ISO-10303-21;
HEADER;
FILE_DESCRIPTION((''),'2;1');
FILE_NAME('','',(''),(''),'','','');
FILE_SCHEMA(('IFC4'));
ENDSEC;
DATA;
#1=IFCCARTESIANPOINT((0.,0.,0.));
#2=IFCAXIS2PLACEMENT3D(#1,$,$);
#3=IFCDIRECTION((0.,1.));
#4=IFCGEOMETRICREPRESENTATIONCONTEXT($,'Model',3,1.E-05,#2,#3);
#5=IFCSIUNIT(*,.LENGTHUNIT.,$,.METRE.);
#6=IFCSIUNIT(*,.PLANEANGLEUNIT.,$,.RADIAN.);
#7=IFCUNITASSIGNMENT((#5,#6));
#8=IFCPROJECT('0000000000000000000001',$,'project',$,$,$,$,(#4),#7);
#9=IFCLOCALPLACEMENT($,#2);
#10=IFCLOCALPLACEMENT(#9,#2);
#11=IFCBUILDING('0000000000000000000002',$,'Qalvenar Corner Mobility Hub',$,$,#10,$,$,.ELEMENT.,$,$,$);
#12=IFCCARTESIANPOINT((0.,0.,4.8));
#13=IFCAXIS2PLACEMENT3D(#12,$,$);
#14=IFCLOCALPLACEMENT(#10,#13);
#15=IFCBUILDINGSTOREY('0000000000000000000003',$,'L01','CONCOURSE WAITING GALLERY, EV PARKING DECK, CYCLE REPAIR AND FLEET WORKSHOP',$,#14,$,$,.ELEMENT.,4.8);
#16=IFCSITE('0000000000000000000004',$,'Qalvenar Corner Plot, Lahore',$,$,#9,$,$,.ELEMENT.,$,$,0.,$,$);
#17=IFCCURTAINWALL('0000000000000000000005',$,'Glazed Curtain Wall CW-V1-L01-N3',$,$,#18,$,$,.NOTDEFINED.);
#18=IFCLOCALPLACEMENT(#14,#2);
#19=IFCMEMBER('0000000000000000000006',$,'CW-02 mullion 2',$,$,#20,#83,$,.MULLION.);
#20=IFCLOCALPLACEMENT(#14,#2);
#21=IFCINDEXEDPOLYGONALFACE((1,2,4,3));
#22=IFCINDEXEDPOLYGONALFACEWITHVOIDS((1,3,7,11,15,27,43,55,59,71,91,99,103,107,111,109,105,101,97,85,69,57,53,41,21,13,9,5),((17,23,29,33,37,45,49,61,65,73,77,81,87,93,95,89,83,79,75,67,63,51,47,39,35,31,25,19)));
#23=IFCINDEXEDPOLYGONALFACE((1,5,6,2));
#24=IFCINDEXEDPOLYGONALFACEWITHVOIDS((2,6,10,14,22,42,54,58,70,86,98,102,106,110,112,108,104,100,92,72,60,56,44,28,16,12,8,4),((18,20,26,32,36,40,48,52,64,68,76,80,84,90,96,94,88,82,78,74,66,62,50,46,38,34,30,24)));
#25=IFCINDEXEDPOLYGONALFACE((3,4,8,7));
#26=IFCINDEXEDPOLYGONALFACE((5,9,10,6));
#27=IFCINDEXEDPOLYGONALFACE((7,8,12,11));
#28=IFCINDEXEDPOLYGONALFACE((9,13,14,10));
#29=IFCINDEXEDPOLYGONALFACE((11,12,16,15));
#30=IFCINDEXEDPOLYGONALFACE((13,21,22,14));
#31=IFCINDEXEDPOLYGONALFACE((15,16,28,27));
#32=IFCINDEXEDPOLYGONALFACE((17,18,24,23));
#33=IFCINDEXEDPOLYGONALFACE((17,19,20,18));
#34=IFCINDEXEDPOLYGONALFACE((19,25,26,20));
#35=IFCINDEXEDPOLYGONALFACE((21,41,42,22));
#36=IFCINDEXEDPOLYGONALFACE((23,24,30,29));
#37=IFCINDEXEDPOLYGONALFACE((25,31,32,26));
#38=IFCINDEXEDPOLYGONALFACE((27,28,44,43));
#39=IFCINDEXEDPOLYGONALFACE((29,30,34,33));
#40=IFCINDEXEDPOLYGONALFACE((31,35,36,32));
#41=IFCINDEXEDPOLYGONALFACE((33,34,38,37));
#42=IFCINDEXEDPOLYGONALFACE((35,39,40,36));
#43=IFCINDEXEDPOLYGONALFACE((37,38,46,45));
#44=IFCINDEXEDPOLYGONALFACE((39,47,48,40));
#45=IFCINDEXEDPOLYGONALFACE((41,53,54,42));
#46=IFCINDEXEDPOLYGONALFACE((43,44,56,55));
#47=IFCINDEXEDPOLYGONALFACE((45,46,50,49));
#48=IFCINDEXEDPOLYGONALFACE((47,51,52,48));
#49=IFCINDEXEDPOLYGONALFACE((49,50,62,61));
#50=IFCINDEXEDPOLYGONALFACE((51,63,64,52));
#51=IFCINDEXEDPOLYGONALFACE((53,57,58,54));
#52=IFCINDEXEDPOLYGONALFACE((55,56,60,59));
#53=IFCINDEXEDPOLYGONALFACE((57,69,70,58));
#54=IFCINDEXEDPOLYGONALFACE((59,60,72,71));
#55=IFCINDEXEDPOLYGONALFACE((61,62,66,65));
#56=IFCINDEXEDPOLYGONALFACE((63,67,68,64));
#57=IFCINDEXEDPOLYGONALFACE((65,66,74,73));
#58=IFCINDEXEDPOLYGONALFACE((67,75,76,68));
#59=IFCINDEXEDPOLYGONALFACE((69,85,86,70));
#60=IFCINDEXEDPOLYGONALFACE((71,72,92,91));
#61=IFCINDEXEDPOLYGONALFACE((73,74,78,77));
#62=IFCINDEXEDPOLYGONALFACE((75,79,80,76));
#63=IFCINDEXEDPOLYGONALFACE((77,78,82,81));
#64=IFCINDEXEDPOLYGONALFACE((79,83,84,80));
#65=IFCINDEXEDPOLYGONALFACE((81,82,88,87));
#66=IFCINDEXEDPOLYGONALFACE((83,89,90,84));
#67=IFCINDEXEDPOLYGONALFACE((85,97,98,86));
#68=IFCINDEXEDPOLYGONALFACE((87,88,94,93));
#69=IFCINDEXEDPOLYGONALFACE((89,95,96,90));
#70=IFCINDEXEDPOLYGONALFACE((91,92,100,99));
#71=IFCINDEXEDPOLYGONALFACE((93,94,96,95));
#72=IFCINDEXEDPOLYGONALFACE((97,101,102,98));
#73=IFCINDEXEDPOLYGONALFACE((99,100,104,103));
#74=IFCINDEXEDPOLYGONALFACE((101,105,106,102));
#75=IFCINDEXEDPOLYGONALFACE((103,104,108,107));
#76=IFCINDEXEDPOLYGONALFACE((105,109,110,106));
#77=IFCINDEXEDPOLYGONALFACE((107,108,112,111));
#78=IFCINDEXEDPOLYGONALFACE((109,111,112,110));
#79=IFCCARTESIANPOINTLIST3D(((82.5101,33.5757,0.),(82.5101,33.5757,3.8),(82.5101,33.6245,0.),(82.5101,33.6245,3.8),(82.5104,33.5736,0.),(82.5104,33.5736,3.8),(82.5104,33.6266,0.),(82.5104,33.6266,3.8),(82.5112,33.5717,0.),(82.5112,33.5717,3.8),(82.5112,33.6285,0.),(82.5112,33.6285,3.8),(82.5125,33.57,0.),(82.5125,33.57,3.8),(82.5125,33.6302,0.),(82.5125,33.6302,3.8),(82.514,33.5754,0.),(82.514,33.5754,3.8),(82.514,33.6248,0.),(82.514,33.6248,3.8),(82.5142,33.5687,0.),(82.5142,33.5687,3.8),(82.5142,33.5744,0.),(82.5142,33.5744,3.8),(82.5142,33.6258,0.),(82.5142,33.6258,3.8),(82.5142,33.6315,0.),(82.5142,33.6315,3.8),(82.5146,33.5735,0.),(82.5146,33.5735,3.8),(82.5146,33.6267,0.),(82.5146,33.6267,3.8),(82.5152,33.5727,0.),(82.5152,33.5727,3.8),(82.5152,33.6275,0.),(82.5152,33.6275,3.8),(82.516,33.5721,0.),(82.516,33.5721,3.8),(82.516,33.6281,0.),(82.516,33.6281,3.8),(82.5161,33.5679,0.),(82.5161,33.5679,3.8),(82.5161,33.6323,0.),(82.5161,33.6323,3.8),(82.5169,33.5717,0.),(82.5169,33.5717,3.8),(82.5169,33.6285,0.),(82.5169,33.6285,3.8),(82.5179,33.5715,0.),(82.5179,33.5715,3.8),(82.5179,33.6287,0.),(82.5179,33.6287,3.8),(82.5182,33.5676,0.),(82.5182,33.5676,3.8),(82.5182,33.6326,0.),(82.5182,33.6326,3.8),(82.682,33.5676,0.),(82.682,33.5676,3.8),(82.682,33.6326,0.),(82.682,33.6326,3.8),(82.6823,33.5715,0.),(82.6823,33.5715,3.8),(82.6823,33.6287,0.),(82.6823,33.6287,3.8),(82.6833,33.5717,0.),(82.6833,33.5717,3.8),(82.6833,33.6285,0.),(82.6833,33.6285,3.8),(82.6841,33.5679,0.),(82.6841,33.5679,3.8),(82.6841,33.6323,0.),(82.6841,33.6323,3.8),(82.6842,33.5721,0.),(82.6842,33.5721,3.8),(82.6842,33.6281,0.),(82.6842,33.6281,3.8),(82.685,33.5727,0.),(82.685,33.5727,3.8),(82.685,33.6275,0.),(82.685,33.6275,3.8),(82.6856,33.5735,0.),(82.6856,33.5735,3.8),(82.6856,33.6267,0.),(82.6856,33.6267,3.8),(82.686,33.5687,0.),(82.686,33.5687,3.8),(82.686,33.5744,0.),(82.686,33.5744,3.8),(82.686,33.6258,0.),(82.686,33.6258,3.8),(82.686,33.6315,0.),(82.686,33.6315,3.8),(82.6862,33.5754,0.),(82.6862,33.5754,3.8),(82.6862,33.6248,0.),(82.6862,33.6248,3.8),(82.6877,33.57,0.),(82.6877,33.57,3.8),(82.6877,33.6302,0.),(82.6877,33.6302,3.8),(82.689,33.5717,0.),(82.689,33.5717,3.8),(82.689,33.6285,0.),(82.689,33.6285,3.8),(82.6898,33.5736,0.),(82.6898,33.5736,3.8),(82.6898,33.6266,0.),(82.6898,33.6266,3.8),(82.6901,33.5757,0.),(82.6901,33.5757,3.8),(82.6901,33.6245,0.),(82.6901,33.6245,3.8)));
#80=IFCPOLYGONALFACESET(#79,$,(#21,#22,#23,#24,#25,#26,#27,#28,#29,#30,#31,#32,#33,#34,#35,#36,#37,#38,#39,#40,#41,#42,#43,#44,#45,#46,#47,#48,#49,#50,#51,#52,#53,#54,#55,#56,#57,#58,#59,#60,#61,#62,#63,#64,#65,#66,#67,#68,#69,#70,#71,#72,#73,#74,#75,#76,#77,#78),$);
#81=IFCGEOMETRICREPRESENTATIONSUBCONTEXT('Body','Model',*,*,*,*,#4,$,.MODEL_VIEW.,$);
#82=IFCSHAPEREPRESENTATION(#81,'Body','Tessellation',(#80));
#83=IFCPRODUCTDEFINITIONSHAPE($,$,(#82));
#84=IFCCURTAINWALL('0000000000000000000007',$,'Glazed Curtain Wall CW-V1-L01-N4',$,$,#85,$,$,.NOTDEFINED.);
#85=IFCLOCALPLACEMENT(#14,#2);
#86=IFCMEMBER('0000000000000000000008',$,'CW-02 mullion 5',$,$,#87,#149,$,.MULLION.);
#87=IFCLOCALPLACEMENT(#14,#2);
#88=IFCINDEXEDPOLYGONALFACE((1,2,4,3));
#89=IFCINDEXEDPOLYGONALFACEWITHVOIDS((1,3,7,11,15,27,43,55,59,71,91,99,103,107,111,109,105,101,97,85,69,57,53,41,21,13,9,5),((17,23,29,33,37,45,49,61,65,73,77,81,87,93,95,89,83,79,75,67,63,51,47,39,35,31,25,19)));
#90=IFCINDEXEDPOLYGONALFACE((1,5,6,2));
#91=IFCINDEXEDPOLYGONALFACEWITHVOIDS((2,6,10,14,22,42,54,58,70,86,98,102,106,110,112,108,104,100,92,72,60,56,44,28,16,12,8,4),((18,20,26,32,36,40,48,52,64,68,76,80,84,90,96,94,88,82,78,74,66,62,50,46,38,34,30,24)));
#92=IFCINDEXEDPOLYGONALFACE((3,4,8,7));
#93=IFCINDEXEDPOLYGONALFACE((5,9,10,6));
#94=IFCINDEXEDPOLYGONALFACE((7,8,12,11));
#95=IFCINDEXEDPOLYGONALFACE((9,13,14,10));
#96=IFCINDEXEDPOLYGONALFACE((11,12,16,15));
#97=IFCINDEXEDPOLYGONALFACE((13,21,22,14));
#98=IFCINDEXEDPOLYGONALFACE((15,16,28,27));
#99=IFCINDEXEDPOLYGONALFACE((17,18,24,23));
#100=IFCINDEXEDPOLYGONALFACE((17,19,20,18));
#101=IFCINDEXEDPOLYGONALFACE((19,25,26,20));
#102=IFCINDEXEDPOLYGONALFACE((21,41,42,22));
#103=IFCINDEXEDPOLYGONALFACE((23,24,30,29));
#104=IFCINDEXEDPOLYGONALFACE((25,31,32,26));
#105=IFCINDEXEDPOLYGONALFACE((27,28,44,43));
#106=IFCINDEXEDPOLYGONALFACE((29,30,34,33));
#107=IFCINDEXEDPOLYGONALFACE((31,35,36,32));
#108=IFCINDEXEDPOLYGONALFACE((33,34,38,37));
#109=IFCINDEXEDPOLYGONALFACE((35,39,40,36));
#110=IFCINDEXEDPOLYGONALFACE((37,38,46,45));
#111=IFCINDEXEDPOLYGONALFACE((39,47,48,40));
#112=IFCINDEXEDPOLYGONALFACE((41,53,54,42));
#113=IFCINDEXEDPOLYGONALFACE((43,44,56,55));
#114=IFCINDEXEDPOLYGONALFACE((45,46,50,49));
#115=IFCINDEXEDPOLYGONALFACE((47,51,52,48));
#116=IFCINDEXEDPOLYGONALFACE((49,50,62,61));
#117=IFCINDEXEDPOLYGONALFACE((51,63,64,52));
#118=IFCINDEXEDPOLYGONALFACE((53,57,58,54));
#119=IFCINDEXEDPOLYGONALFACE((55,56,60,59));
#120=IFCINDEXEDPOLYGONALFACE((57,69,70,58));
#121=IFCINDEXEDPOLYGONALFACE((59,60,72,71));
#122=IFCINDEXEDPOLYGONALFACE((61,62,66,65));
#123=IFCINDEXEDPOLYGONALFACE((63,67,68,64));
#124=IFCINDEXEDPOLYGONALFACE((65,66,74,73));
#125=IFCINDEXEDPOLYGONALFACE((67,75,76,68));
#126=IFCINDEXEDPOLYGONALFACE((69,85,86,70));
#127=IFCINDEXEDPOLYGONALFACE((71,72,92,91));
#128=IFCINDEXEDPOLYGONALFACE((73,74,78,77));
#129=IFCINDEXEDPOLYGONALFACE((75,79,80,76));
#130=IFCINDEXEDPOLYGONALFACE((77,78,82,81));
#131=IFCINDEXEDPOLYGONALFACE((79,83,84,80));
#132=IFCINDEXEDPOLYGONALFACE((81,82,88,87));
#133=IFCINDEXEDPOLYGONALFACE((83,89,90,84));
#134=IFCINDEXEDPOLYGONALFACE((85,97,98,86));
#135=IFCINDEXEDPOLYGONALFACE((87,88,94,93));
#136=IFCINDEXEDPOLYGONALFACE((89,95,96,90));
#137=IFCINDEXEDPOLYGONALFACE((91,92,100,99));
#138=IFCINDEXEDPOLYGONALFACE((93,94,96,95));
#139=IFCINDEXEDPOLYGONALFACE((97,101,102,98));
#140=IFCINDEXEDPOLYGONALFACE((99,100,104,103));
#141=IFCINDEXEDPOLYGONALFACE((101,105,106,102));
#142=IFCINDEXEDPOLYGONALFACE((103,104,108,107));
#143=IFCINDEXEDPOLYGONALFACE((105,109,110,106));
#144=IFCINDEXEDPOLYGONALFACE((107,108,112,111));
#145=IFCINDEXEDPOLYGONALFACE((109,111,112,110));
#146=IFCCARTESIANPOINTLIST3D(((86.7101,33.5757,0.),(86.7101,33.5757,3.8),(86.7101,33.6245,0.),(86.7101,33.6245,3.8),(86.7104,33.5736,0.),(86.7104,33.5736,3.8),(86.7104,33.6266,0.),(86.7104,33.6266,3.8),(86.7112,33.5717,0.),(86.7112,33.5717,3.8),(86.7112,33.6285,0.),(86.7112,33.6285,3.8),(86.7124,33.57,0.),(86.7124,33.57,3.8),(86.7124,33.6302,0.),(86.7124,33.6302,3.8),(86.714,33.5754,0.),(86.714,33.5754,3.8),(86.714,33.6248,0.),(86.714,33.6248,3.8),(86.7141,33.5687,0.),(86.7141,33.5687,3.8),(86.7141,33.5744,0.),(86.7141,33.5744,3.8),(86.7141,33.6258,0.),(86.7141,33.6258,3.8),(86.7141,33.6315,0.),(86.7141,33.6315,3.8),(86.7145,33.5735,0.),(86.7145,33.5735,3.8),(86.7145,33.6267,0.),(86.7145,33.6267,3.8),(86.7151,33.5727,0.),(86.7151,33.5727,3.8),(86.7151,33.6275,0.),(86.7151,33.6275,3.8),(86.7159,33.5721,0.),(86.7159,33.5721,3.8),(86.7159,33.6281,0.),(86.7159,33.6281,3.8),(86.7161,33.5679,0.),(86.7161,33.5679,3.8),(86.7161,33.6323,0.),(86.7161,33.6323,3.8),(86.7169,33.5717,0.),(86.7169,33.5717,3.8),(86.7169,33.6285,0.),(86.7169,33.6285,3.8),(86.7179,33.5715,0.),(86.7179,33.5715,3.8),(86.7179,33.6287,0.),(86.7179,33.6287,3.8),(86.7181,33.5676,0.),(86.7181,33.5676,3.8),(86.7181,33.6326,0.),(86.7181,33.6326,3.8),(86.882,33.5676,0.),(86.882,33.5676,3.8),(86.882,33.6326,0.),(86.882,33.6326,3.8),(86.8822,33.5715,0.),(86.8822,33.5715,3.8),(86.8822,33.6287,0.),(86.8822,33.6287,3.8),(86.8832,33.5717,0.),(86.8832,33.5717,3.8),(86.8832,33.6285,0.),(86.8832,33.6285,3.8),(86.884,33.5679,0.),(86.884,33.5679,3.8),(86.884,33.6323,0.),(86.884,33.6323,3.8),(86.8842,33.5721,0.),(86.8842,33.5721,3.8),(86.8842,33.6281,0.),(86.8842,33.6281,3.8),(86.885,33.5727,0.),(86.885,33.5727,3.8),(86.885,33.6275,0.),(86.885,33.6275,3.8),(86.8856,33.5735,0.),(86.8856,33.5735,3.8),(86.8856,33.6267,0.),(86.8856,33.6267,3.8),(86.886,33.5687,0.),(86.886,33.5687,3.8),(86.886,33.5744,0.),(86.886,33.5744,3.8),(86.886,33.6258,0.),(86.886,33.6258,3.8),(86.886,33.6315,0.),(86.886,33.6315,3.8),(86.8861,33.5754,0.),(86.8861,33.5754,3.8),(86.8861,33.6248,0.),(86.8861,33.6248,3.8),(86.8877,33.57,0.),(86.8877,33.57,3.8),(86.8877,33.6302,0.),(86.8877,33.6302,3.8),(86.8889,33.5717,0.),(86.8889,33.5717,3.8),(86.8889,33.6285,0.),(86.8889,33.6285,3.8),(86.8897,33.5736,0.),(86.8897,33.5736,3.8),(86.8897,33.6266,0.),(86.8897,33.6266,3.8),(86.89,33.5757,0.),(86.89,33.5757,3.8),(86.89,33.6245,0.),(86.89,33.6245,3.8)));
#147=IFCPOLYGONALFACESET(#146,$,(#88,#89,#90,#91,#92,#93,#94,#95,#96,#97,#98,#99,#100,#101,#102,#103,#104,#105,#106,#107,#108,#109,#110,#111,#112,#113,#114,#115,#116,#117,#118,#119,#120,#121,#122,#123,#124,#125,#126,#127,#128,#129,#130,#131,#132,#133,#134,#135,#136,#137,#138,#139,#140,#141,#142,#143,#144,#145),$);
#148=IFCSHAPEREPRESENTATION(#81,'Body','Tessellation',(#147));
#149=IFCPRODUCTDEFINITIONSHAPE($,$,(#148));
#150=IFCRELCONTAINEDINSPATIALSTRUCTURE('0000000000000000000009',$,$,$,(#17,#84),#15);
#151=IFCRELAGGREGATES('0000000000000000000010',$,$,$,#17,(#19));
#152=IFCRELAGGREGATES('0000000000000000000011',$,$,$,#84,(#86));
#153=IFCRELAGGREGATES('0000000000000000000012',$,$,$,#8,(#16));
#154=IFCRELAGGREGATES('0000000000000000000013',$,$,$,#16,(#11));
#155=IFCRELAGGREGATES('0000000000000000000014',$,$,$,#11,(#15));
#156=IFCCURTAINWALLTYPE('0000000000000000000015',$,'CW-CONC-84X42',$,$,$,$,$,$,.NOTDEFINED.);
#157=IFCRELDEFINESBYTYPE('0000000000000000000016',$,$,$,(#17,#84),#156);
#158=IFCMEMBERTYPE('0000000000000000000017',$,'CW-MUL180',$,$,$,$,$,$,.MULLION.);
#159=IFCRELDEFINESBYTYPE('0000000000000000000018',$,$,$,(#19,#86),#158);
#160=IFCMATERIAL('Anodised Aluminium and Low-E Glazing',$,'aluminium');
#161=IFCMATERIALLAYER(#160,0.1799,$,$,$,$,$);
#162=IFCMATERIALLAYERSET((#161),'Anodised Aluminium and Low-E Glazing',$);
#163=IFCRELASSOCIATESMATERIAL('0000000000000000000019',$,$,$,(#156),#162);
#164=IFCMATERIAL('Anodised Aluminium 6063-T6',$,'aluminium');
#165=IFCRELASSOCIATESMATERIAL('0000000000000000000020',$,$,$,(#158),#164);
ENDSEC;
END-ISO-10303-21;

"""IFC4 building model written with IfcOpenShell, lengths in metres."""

from ifc_helpers import new_model, si_unit, direction, frame, origin, origin_2d, place, context, subcontext, project, spatial, hollow_rectangle, extrude, material, layer, layer_set, material_profile, profile_set, type_object, element, aggregate, save


model = new_model("IFC4")

# Units and contexts
model_context = context("Model", 3, precision=1e-05, world=origin(), true_north=direction((0.0, 1.0)))
body_context = subcontext(model_context, "Body", "Model", "MODEL_VIEW")
ifc_project = project(units=[si_unit("LENGTHUNIT", "METRE"), si_unit("PLANEANGLEUNIT", "RADIAN")], contexts=[model_context])

# Site, building, storey
site_placement = place(None, origin())
site = spatial("IfcSite", under=ifc_project, at=site_placement, Name="Qalvenar Corner Plot, Lahore", CompositionType="ELEMENT", RefElevation=0.0)
building_placement = place(site_placement, origin())
building = spatial("IfcBuilding", under=site, at=building_placement, Name="Qalvenar Corner Mobility Hub", CompositionType="ELEMENT")
storey_placement = place(building_placement, frame((0.0, 0.0, 4.8)))
storey = spatial("IfcBuildingStorey", under=building, at=storey_placement, Name="L01", Description="CONCOURSE WAITING GALLERY, EV PARKING DECK, CYCLE REPAIR AND FLEET WORKSHOP", CompositionType="ELEMENT", Elevation=4.8)

# Curtain walls, members
ifc_material_1 = material(Name="Anodised Aluminium and Low-E Glazing", Category="aluminium")
ifc_layer_1 = layer(ifc_material_1, 0.1799)
ifc_layer_set_1 = layer_set([ifc_layer_1], Name="Anodised Aluminium and Low-E Glazing")
curtain_wall_type = type_object("IfcCurtainWallType", Name="CW-CONC-84X42", PredefinedType="NOTDEFINED", material=ifc_layer_set_1)
curtain_wall_1_placement = place(storey_placement, origin())
curtain_wall_1 = element("IfcCurtainWall", 1, at=curtain_wall_1_placement, inside=storey, type_object=curtain_wall_type, Name="Glazed Curtain Wall CW-V1-L01-N3", PredefinedType="NOTDEFINED")
ifc_material_2 = material(Name="Anodised Aluminium 6063-T6", Category="aluminium")
ifc_material_profile_1 = material_profile(ifc_material_2, hollow_rectangle(XDim=0.0649, YDim=0.1799, WallThickness=0.0039, InnerFilletRadius=0.0039, OuterFilletRadius=0.0081, at=origin_2d()), Name="RHS180x65x4")
ifc_profile_set_1 = profile_set([ifc_material_profile_1], Name="Anodised Aluminium 6063-T6")
member_type_1 = type_object("IfcMemberType", Name="CW-MUL180", PredefinedType="MULLION", material=ifc_profile_set_1)
member_1_placement = place(storey_placement, frame((82.6001, 33.6001, 0.0), z_axis=(0.0, 0.0, 1.0), x_axis=(0.0, -1.0, 0.0)))
member_1 = element("IfcMember", 2, at=member_1_placement, type_object=member_type_1, Name="CW-02 mullion 2", PredefinedType="MULLION", context=body_context, shape_type="SweptSolid", body=[
    extrude(hollow_rectangle(XDim=0.0649, YDim=0.1799, WallThickness=0.0039, InnerFilletRadius=0.0039, OuterFilletRadius=0.0081, at=origin_2d()), origin(), (0.0, 0.0, 1.0), 3.8),
])
curtain_wall_2_placement = place(storey_placement, origin())
curtain_wall_2 = element("IfcCurtainWall", 3, at=curtain_wall_2_placement, inside=storey, type_object=curtain_wall_type, Name="Glazed Curtain Wall CW-V1-L01-N4", PredefinedType="NOTDEFINED")
member_2_placement = place(storey_placement, frame((86.8, 33.6001, 0.0), z_axis=(0.0, 0.0, 1.0), x_axis=(0.0, -1.0, 0.0)))
member_2 = element("IfcMember", 4, at=member_2_placement, type_object=member_type_1, Name="CW-02 mullion 5", PredefinedType="MULLION", context=body_context, shape_type="SweptSolid", body=[
    extrude(hollow_rectangle(XDim=0.0649, YDim=0.1799, WallThickness=0.0039, InnerFilletRadius=0.0039, OuterFilletRadius=0.0081, at=origin_2d()), origin(), (0.0, 0.0, 1.0), 3.8),
])

aggregate(curtain_wall_1, [member_1])
aggregate(curtain_wall_2, [member_2])

save(model, "model.ifc")
